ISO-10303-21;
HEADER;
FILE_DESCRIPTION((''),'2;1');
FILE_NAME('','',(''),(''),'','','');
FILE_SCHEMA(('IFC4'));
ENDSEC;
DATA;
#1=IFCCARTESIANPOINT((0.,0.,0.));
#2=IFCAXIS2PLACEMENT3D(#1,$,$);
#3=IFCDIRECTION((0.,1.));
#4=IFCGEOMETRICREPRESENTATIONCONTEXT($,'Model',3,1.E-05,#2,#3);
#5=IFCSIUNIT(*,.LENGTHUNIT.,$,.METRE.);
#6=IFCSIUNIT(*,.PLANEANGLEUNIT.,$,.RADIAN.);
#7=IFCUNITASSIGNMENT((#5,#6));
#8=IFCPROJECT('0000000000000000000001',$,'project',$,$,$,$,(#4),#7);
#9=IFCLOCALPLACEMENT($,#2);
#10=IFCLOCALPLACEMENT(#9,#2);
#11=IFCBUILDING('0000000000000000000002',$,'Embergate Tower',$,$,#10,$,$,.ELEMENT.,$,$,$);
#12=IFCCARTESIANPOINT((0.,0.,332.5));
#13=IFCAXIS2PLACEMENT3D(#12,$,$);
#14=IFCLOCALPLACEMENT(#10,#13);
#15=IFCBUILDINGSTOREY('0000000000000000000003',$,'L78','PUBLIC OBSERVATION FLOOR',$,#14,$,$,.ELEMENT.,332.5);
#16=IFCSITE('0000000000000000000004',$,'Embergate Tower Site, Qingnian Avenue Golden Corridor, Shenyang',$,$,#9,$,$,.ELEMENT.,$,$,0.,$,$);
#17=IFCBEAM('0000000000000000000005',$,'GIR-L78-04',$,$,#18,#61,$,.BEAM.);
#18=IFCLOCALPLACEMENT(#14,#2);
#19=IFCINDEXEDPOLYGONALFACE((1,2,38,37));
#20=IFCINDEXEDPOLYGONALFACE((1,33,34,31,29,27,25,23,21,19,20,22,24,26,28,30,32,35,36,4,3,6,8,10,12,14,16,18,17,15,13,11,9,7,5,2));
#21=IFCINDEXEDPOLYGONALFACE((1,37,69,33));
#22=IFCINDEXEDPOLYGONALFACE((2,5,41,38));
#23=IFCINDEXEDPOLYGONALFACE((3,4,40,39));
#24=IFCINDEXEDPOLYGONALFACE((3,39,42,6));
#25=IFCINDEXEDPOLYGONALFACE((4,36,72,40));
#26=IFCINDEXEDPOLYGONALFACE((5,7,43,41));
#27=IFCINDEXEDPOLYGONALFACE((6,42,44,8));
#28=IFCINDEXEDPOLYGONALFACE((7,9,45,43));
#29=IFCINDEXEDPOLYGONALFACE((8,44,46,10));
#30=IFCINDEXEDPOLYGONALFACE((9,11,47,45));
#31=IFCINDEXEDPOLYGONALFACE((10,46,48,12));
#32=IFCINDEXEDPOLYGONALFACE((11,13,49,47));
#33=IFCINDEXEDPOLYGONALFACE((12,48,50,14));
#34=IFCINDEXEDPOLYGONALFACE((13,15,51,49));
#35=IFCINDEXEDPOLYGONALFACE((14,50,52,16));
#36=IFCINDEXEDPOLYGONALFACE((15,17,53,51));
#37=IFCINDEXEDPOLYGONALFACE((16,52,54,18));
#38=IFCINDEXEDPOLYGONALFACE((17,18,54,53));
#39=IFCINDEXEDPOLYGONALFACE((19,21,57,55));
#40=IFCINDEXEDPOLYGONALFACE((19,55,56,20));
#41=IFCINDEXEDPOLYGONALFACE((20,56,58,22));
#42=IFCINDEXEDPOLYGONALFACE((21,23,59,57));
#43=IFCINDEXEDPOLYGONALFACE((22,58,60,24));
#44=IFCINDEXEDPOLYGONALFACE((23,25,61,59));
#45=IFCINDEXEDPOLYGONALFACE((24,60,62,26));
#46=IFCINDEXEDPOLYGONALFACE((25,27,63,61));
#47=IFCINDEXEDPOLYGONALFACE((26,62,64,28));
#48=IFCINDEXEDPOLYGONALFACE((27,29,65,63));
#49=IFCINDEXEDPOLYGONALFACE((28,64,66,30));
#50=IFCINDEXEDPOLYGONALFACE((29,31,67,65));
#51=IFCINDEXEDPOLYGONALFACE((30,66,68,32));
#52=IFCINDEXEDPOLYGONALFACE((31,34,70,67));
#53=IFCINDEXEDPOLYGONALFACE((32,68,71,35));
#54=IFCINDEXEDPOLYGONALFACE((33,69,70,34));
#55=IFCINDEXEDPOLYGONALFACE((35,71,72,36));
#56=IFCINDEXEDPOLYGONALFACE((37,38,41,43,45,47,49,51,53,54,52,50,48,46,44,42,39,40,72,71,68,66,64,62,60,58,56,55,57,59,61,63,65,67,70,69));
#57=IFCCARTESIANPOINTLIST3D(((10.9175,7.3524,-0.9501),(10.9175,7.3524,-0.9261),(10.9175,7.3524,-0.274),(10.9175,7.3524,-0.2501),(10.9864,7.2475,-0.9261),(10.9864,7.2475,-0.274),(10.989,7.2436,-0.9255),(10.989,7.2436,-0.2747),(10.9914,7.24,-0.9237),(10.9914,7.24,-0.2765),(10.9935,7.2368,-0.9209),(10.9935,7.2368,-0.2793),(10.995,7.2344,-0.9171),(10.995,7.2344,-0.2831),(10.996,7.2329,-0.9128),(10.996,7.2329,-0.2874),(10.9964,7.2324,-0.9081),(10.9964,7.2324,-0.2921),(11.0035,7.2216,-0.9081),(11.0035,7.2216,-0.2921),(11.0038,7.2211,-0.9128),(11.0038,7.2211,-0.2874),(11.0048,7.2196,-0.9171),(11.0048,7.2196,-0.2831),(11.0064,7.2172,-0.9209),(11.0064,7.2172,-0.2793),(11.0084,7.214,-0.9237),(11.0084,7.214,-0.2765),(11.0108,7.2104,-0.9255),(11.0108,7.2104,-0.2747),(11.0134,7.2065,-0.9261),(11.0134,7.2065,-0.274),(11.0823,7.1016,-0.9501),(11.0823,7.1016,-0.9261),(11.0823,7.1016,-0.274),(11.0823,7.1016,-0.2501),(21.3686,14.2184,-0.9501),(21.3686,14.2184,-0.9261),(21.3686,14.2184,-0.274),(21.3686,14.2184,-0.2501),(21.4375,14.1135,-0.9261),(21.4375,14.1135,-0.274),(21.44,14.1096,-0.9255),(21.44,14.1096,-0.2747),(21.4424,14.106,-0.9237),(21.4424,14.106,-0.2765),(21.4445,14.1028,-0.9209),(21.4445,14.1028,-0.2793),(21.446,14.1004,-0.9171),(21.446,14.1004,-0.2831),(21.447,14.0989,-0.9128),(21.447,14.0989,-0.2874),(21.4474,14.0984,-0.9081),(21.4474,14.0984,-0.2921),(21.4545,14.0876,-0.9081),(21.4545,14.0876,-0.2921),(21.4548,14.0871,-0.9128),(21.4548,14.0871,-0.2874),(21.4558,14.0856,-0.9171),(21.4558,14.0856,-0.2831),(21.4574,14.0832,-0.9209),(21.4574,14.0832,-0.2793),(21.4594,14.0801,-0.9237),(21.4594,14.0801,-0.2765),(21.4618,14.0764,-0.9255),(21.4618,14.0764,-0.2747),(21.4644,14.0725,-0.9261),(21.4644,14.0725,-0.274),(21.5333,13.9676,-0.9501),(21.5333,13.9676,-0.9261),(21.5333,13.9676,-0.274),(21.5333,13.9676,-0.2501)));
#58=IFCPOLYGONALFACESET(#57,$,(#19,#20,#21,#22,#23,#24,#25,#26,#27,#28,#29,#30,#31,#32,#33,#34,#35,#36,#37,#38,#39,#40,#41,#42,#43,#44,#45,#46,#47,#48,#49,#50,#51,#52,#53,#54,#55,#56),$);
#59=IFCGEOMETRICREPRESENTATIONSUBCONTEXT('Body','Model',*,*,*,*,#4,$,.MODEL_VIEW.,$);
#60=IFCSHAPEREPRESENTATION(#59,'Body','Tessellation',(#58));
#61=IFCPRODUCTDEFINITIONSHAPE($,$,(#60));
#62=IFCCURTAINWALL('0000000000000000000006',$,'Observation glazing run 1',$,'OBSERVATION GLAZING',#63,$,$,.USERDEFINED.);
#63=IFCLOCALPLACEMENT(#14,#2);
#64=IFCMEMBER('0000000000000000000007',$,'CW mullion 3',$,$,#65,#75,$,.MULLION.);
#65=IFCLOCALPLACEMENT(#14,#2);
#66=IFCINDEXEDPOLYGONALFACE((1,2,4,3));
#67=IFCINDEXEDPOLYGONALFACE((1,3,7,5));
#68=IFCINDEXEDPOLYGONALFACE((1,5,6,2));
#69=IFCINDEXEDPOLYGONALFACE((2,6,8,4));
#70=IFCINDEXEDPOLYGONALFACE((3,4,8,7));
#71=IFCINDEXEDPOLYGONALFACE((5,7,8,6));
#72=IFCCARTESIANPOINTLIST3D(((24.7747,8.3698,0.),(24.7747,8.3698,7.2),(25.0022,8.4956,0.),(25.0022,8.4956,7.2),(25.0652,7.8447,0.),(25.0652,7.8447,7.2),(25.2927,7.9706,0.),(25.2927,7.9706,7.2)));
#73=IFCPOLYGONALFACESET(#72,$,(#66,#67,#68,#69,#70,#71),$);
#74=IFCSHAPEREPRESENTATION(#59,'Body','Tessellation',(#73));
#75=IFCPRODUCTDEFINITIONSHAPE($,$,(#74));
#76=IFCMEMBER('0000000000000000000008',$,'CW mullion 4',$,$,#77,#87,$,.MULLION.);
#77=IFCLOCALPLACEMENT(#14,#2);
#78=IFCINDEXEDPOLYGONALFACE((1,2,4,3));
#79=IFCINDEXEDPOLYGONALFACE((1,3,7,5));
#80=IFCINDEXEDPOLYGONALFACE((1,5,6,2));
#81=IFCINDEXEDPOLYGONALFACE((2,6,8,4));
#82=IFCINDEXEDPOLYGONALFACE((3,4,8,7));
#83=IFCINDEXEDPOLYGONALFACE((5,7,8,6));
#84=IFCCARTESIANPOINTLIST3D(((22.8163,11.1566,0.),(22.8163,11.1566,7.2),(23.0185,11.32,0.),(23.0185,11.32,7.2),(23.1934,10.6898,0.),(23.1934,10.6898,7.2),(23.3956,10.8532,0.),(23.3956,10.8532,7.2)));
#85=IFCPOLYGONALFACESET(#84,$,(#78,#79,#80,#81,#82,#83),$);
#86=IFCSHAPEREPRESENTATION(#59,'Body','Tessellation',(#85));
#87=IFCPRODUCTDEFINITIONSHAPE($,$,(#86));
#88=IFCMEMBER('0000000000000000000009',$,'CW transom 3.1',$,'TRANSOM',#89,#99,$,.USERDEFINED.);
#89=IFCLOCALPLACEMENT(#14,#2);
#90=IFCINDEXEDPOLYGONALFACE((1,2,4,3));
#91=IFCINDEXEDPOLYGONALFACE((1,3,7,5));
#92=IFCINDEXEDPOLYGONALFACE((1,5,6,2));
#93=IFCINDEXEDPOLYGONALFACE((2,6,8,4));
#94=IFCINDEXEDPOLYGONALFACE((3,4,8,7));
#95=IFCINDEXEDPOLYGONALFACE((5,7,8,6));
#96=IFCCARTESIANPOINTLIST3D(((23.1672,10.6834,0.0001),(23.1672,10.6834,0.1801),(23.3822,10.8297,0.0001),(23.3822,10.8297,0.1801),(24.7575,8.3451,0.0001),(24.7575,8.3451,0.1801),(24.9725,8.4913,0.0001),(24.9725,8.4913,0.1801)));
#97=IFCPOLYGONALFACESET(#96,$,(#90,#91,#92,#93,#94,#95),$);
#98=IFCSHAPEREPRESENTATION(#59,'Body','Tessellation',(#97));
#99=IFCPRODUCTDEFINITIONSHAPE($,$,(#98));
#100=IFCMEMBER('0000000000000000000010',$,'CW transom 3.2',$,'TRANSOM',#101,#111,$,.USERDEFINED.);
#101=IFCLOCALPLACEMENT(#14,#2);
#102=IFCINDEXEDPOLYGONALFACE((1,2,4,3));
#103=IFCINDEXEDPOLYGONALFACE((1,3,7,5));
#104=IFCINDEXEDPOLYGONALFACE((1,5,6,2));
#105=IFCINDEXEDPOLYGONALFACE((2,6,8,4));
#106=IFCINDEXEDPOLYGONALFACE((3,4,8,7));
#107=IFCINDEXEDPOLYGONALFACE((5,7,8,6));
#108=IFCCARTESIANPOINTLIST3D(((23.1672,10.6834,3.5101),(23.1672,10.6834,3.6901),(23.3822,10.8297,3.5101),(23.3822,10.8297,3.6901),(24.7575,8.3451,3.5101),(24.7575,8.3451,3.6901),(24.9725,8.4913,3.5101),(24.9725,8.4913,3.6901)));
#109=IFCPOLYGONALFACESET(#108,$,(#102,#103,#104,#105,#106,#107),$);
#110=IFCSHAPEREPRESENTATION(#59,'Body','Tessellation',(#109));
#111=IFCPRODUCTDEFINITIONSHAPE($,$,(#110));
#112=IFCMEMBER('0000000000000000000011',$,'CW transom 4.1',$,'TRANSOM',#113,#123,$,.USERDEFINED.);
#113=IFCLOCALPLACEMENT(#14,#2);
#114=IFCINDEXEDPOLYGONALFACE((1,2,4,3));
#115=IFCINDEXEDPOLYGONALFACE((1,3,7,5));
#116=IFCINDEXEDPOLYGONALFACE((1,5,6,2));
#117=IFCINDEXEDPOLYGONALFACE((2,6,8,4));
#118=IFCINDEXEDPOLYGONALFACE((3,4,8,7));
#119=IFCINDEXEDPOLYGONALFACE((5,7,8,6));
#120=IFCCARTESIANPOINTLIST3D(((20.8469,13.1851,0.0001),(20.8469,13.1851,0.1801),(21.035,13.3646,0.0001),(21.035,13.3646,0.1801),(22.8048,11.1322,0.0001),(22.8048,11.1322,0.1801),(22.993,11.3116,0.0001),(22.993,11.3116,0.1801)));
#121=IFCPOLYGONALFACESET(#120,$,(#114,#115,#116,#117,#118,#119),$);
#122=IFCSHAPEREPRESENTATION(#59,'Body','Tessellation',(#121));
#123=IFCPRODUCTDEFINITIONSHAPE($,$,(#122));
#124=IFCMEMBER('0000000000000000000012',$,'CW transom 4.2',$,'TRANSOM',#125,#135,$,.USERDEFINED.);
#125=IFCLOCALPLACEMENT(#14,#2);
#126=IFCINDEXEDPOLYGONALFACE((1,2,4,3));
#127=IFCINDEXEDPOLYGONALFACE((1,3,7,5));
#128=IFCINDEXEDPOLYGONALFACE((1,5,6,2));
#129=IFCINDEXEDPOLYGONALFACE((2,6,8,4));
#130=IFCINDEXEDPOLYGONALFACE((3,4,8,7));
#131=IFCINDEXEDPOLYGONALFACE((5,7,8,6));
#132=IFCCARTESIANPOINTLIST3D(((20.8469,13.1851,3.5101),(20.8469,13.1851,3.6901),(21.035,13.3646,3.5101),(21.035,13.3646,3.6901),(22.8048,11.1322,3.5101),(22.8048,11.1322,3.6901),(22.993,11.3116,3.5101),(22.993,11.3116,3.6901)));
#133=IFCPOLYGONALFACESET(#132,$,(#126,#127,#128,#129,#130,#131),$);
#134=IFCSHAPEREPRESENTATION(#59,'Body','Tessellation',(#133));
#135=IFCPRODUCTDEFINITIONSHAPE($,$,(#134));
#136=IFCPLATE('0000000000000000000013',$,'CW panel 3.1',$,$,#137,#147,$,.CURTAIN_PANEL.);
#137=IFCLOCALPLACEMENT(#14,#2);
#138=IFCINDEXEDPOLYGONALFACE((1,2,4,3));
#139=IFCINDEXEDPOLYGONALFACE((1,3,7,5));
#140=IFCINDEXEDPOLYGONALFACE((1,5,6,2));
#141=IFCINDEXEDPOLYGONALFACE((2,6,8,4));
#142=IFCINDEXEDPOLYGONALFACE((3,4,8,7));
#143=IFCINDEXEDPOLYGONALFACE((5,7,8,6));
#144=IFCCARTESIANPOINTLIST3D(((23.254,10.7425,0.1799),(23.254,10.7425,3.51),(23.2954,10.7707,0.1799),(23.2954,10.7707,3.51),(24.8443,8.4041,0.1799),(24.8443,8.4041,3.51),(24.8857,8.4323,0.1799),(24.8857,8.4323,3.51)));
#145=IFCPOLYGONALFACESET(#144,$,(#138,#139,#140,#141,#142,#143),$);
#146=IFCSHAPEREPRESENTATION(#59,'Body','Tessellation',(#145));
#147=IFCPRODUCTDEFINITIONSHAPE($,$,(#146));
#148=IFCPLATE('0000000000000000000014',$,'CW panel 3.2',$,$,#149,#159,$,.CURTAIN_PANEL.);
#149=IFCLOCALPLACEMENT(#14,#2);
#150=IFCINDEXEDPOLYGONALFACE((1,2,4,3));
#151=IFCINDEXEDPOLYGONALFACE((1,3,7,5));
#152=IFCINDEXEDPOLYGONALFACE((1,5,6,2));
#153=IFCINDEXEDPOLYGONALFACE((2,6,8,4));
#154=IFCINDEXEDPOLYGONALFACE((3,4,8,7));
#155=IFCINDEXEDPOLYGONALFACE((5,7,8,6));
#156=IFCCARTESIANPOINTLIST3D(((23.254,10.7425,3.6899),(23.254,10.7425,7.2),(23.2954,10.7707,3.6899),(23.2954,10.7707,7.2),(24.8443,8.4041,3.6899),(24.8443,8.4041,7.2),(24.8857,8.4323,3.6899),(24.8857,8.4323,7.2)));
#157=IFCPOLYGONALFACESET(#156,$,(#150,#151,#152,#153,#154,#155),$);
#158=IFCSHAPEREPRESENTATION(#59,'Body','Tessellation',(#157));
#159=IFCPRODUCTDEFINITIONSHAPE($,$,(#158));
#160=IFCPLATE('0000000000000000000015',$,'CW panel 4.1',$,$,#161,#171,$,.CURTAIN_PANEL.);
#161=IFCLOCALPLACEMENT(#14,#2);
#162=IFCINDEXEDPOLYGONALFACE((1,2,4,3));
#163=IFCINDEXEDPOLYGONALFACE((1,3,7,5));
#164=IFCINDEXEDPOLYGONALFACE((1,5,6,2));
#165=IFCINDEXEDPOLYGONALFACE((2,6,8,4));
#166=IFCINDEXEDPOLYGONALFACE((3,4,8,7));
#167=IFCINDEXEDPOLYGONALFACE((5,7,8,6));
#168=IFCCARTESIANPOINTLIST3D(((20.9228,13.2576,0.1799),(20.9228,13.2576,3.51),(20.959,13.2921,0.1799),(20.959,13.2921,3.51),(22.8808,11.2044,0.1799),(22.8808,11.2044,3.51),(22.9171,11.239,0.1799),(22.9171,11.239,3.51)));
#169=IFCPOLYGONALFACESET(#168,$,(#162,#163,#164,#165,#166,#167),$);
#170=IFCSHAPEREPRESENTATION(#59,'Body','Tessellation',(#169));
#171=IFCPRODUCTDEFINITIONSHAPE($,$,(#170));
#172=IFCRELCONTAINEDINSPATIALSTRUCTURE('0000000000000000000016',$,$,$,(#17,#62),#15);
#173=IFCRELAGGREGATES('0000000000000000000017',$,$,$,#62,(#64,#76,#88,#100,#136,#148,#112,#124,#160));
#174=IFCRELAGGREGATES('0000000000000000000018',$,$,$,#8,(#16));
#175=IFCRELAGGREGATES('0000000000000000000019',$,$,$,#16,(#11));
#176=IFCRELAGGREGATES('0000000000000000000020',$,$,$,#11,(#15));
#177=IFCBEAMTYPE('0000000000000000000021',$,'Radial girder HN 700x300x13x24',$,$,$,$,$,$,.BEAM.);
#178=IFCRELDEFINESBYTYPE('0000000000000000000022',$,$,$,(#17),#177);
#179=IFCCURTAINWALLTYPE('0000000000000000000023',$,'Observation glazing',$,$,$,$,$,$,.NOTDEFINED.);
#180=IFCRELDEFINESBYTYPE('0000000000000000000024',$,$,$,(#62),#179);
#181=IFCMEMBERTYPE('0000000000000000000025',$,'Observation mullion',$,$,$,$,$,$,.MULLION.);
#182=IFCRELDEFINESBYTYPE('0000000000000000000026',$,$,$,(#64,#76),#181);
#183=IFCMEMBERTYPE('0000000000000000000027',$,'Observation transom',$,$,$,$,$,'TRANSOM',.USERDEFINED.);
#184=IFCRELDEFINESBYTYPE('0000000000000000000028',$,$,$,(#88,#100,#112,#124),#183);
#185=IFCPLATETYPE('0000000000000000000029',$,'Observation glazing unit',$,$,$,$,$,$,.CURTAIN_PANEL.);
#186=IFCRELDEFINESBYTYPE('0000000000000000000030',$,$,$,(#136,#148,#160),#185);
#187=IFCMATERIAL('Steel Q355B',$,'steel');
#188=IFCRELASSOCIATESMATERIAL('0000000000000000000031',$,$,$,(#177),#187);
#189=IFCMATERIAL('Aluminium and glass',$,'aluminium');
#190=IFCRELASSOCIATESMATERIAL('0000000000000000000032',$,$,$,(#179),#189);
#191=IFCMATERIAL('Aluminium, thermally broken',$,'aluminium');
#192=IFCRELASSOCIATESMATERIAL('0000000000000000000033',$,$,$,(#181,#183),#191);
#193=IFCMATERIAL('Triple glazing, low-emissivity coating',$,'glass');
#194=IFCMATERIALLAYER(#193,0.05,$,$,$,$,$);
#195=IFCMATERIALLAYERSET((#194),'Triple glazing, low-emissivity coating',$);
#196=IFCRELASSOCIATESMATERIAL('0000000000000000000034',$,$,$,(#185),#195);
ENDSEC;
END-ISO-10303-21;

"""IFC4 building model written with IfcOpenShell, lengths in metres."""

from ifc_helpers import new_model, si_unit, direction, frame, origin, origin_2d, place, context, subcontext, project, spatial, rectangle, i_section, extrude, source, transform, mapped, material, layer, layer_set, material_profile, profile_set, type_object, element, aggregate, save


model = new_model("IFC4")

# Units and contexts
model_context = context("Model", 3, precision=1e-05, world=origin(), true_north=direction((0.0, 1.0)))
body_context = subcontext(model_context, "Body", "Model", "MODEL_VIEW")
ifc_project = project(units=[si_unit("LENGTHUNIT", "METRE"), si_unit("PLANEANGLEUNIT", "RADIAN")], contexts=[model_context])

# Site, building, storey
site_placement = place(None, origin())
site = spatial("IfcSite", under=ifc_project, at=site_placement, Name="Embergate Tower Site, Qingnian Avenue Golden Corridor, Shenyang", CompositionType="ELEMENT", RefElevation=0.0)
building_placement = place(site_placement, origin())
building = spatial("IfcBuilding", under=site, at=building_placement, Name="Embergate Tower", CompositionType="ELEMENT")
storey_placement = place(building_placement, frame((0.0, 0.0, 332.5)))
storey = spatial("IfcBuildingStorey", under=building, at=storey_placement, Name="L78", Description="PUBLIC OBSERVATION FLOOR", CompositionType="ELEMENT", Elevation=332.5)

# Beam
ifc_material_1 = material(Name="Steel Q355B", Category="steel")
ifc_material_profile_1 = material_profile(ifc_material_1, i_section(OverallWidth=0.3, OverallDepth=0.7, WebThickness=0.0129, FlangeThickness=0.0239, FilletRadius=0.0181, at=origin_2d()), Name="HN 700x300x13x24")
ifc_profile_set_1 = profile_set([ifc_material_profile_1], Name="Steel Q355 grade B")
beam_type_1 = type_object("IfcBeamType", Name="Radial girder HN 700x300x13x24", PredefinedType="BEAM", material=ifc_profile_set_1)
shared_shape_1 = source(origin(), body_context, "Body", "SweptSolid", [
    extrude(i_section(OverallWidth=0.3, OverallDepth=0.7, WebThickness=0.0129, FlangeThickness=0.0239, FilletRadius=0.0181, at=origin_2d()), origin(), (0.0, 0.0, 1.0), 12.5046),
])
beam_1_placement = place(storey_placement, frame((21.4509, 14.093, -0.6001), z_axis=(-0.835771, -0.549078, 0.0), x_axis=(0.549078, -0.835771, 0.0)))
element("IfcBeam", 1, at=beam_1_placement, inside=storey, type_object=beam_type_1, Name="GIR-L78-04", PredefinedType="BEAM", context=body_context, shape_type="MappedRepresentation", body=[
    mapped(shared_shape_1, transform((0.0, 0.0, 0.0))),
])

# Curtain wall, members, plates
ifc_material_2 = material(Name="Aluminium and glass", Category="aluminium")
curtain_wall_type = type_object("IfcCurtainWallType", Name="Observation glazing", PredefinedType="NOTDEFINED", material=ifc_material_2)
curtain_wall_placement = place(storey_placement, origin())
curtain_wall = element("IfcCurtainWall", 2, at=curtain_wall_placement, inside=storey, type_object=curtain_wall_type, Name="Observation glazing run 1", ObjectType="OBSERVATION GLAZING", PredefinedType="USERDEFINED")
ifc_material_3 = material(Name="Aluminium, thermally broken", Category="aluminium")
ifc_material_profile_2 = material_profile(ifc_material_3, rectangle(XDim=0.26, YDim=0.6001, at=origin_2d()), Name="AL 600x260")
ifc_profile_set_2 = profile_set([ifc_material_profile_2], Name="Aluminium, thermally broken")
member_type_1 = type_object("IfcMemberType", Name="Observation mullion", PredefinedType="MULLION", material=ifc_profile_set_2)
shared_shape_2 = source(origin(), body_context, "Body", "SweptSolid", [
    extrude(rectangle(XDim=0.26, YDim=0.6001, at=origin_2d()), origin(), (0.0, 0.0, 1.0), 7.2),
])
member_1_placement = place(storey_placement, frame((25.0337, 8.1702, 0.0), z_axis=(0.0, 0.0, 1.0), x_axis=(-0.874977, -0.484164, 0.0)))
member_1 = element("IfcMember", 3, at=member_1_placement, type_object=member_type_1, Name="CW mullion 3", PredefinedType="MULLION", context=body_context, shape_type="MappedRepresentation", body=[
    mapped(shared_shape_2, transform((0.0, 0.0, 0.0))),
])
member_2_placement = place(storey_placement, frame((23.106, 11.0049, 0.0), z_axis=(0.0, 0.0, 1.0), x_axis=(-0.777844, -0.628457, 0.0)))
member_2 = element("IfcMember", 4, at=member_2_placement, type_object=member_type_1, Name="CW mullion 4", PredefinedType="MULLION", context=body_context, shape_type="MappedRepresentation", body=[
    mapped(shared_shape_2, transform((0.0, 0.0, 0.0))),
])
ifc_material_profile_3 = material_profile(ifc_material_3, rectangle(XDim=0.26, YDim=0.1799, at=origin_2d()), Name="AL 180x260")
ifc_profile_set_3 = profile_set([ifc_material_profile_3], Name="Aluminium, thermally broken")
member_type_2 = type_object("IfcMemberType", Name="Observation transom", ElementType="TRANSOM", PredefinedType="USERDEFINED", material=ifc_profile_set_3)
shared_shape_3 = source(origin(), body_context, "Body", "SweptSolid", [
    extrude(rectangle(XDim=0.26, YDim=0.1799, at=origin_2d()), origin(), (0.0, 0.0, 1.0), 2.8279),
])
member_3_placement = place(storey_placement, frame((24.865, 8.4182, 0.0901), z_axis=(-0.562367, 0.826888, 0.0), x_axis=(-0.826888, -0.562367, 0.0)))
member_3 = element("IfcMember", 5, at=member_3_placement, type_object=member_type_2, Name="CW transom 3.1", ObjectType="TRANSOM", PredefinedType="USERDEFINED", context=body_context, shape_type="MappedRepresentation", body=[
    mapped(shared_shape_3, transform((0.0, 0.0, 0.0))),
])
member_4_placement = place(storey_placement, frame((24.865, 8.4182, 3.6001), z_axis=(-0.562367, 0.826888, 0.0), x_axis=(-0.826888, -0.562367, 0.0)))
member_4 = element("IfcMember", 6, at=member_4_placement, type_object=member_type_2, Name="CW transom 3.2", ObjectType="TRANSOM", PredefinedType="USERDEFINED", context=body_context, shape_type="MappedRepresentation", body=[
    mapped(shared_shape_3, transform((0.0, 0.0, 0.0))),
])
shared_shape_4 = source(origin(), body_context, "Body", "SweptSolid", [
    extrude(rectangle(XDim=0.26, YDim=0.1799, at=origin_2d()), origin(), (0.0, 0.0, 1.0), 2.8369),
])
member_5_placement = place(storey_placement, frame((22.8989, 11.2219, 0.0901), z_axis=(-0.690171, 0.723647, 0.0), x_axis=(-0.723647, -0.690171, 0.0)))
member_5 = element("IfcMember", 7, at=member_5_placement, type_object=member_type_2, Name="CW transom 4.1", ObjectType="TRANSOM", PredefinedType="USERDEFINED", context=body_context, shape_type="MappedRepresentation", body=[
    mapped(shared_shape_4, transform((0.0, 0.0, 0.0))),
])
member_6_placement = place(storey_placement, frame((22.8989, 11.2219, 3.6001), z_axis=(-0.690171, 0.723647, 0.0), x_axis=(-0.723647, -0.690171, 0.0)))
member_6 = element("IfcMember", 8, at=member_6_placement, type_object=member_type_2, Name="CW transom 4.2", ObjectType="TRANSOM", PredefinedType="USERDEFINED", context=body_context, shape_type="MappedRepresentation", body=[
    mapped(shared_shape_4, transform((0.0, 0.0, 0.0))),
])
ifc_material_4 = material(Name="Triple glazing, low-emissivity coating", Category="glass")
ifc_layer_1 = layer(ifc_material_4, 0.05)
ifc_layer_set_1 = layer_set([ifc_layer_1], Name="Triple glazing, low-emissivity coating")
plate_type = type_object("IfcPlateType", Name="Observation glazing unit", PredefinedType="CURTAIN_PANEL", material=ifc_layer_set_1)
shared_shape_5 = source(origin(), body_context, "Body", "SweptSolid", [
    extrude(rectangle(XDim=2.8279, YDim=0.05, at=origin_2d()), origin(), (0.0, 0.0, 1.0), 3.3301),
])
plate_1_placement = place(storey_placement, frame((24.0698, 9.5874, 0.1799), z_axis=(0.0, 0.0, 1.0), x_axis=(-0.562353, 0.826897, 0.0)))
plate_1 = element("IfcPlate", 9, at=plate_1_placement, type_object=plate_type, Name="CW panel 3.1", PredefinedType="CURTAIN_PANEL", context=body_context, shape_type="MappedRepresentation", body=[
    mapped(shared_shape_5, transform((0.0, 0.0, 0.0))),
])
shared_shape_6 = source(origin(), body_context, "Body", "SweptSolid", [
    extrude(rectangle(XDim=2.8279, YDim=0.05, at=origin_2d()), origin(), (0.0, 0.0, 1.0), 3.51),
])
plate_2_placement = place(storey_placement, frame((24.0698, 9.5874, 3.6899), z_axis=(0.0, 0.0, 1.0), x_axis=(-0.562353, 0.826897, 0.0)))
plate_2 = element("IfcPlate", 10, at=plate_2_placement, type_object=plate_type, Name="CW panel 3.2", PredefinedType="CURTAIN_PANEL", context=body_context, shape_type="MappedRepresentation", body=[
    mapped(shared_shape_6, transform((0.0, 0.0, 0.0))),
])
shared_shape_7 = source(origin(), body_context, "Body", "SweptSolid", [
    extrude(rectangle(XDim=2.8372, YDim=0.05, at=origin_2d()), origin(), (0.0, 0.0, 1.0), 3.3301),
])
plate_3_placement = place(storey_placement, frame((21.9199, 12.2483, 0.1799), z_axis=(0.0, 0.0, 1.0), x_axis=(-0.690143, 0.723673, 0.0)))
plate_3 = element("IfcPlate", 11, at=plate_3_placement, type_object=plate_type, Name="CW panel 4.1", PredefinedType="CURTAIN_PANEL", context=body_context, shape_type="MappedRepresentation", body=[
    mapped(shared_shape_7, transform((0.0, 0.0, 0.0))),
])
aggregate(curtain_wall, [member_1, member_2, member_3, member_4, plate_1, plate_2, member_5, member_6, plate_3])

save(model, "model.ifc")
